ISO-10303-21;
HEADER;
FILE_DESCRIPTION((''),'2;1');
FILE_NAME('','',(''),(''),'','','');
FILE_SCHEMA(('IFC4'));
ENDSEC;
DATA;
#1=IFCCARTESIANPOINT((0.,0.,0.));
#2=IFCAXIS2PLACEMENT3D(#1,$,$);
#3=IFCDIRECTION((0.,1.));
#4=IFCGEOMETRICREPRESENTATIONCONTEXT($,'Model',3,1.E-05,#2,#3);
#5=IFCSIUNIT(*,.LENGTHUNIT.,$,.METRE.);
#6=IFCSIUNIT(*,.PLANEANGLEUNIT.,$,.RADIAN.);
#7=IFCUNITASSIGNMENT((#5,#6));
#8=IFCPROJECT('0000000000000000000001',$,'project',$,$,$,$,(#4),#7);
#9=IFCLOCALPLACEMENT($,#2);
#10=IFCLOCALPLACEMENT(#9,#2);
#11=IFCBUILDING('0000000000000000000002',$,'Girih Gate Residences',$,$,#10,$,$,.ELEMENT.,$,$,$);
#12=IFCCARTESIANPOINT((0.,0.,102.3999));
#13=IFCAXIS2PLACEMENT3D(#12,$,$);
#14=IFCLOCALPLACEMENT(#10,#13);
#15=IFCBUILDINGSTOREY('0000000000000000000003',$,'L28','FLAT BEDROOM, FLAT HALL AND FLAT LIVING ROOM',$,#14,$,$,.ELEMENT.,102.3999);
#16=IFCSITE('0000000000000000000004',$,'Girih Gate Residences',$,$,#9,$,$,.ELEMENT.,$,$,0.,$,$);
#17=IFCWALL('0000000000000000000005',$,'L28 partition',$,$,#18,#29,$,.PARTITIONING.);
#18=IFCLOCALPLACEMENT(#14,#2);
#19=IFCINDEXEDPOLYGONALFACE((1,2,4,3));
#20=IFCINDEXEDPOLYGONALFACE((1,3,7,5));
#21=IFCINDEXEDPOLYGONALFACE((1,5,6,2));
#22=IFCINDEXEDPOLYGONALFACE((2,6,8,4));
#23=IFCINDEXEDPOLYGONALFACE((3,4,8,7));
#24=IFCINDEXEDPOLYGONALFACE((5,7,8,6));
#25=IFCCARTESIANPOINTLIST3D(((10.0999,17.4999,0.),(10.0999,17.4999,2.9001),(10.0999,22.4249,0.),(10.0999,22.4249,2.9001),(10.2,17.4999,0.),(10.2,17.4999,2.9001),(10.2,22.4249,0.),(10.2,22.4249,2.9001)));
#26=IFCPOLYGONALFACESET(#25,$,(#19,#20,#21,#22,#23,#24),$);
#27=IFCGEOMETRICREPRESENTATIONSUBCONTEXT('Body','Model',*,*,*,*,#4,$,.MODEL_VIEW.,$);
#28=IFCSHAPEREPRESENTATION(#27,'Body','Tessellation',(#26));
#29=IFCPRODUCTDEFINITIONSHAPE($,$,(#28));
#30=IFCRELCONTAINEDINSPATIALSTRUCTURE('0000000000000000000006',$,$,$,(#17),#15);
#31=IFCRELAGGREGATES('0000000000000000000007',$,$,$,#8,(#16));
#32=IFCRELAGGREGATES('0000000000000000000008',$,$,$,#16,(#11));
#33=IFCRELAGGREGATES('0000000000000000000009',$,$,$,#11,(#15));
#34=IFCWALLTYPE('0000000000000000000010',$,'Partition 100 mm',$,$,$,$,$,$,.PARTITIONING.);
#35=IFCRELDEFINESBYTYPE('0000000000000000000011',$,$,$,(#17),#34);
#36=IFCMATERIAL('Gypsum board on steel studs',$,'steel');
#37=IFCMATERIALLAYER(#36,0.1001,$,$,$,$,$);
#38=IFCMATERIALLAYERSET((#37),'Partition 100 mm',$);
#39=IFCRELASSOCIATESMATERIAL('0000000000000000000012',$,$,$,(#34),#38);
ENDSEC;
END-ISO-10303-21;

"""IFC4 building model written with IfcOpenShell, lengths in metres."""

from ifc_helpers import new_model, si_unit, direction, frame, frame_2d, origin, place, context, subcontext, project, spatial, rectangle, extrude, material, layer, layer_set, type_object, element, save


model = new_model("IFC4")

# Units and contexts
model_context = context("Model", 3, precision=1e-05, world=origin(), true_north=direction((0.0, 1.0)))
body_context = subcontext(model_context, "Body", "Model", "MODEL_VIEW")
ifc_project = project(units=[si_unit("LENGTHUNIT", "METRE"), si_unit("PLANEANGLEUNIT", "RADIAN")], contexts=[model_context])

# Site, building, storey
site_placement = place(None, origin())
site = spatial("IfcSite", under=ifc_project, at=site_placement, Name="Girih Gate Residences", CompositionType="ELEMENT", RefElevation=0.0)
building_placement = place(site_placement, origin())
building = spatial("IfcBuilding", under=site, at=building_placement, Name="Girih Gate Residences", CompositionType="ELEMENT")
storey_placement = place(building_placement, frame((0.0, 0.0, 102.3999)))
storey = spatial("IfcBuildingStorey", under=building, at=storey_placement, Name="L28", Description="FLAT BEDROOM, FLAT HALL AND FLAT LIVING ROOM", CompositionType="ELEMENT", Elevation=102.3999)

# Shared definitions
ifc_material_1 = material(Name="Gypsum board on steel studs", Category="steel")

# Shared definitions
ifc_layer_1 = layer(ifc_material_1, 0.1001)
ifc_layer_set_1 = layer_set([ifc_layer_1], Name="Partition 100 mm")
wall_type_1 = type_object("IfcWallType", Name="Partition 100 mm", PredefinedType="PARTITIONING", material=ifc_layer_set_1)

# Wall
wall_1_placement = place(storey_placement, frame((10.1499, 17.5, 0.0), z_axis=(0.0, 0.0, 1.0), x_axis=(0.0, 1.0, 0.0)))
element("IfcWall", 1, at=wall_1_placement, inside=storey, type_object=wall_type_1, Name="L28 partition", PredefinedType="PARTITIONING", context=body_context, shape_type="SweptSolid", body=[
    extrude(rectangle(XDim=4.925, YDim=0.1001, at=frame_2d((2.4624, 0.0))), origin(), (0.0, 0.0, 1.0), 2.9001),
])

save(model, "model.ifc")
